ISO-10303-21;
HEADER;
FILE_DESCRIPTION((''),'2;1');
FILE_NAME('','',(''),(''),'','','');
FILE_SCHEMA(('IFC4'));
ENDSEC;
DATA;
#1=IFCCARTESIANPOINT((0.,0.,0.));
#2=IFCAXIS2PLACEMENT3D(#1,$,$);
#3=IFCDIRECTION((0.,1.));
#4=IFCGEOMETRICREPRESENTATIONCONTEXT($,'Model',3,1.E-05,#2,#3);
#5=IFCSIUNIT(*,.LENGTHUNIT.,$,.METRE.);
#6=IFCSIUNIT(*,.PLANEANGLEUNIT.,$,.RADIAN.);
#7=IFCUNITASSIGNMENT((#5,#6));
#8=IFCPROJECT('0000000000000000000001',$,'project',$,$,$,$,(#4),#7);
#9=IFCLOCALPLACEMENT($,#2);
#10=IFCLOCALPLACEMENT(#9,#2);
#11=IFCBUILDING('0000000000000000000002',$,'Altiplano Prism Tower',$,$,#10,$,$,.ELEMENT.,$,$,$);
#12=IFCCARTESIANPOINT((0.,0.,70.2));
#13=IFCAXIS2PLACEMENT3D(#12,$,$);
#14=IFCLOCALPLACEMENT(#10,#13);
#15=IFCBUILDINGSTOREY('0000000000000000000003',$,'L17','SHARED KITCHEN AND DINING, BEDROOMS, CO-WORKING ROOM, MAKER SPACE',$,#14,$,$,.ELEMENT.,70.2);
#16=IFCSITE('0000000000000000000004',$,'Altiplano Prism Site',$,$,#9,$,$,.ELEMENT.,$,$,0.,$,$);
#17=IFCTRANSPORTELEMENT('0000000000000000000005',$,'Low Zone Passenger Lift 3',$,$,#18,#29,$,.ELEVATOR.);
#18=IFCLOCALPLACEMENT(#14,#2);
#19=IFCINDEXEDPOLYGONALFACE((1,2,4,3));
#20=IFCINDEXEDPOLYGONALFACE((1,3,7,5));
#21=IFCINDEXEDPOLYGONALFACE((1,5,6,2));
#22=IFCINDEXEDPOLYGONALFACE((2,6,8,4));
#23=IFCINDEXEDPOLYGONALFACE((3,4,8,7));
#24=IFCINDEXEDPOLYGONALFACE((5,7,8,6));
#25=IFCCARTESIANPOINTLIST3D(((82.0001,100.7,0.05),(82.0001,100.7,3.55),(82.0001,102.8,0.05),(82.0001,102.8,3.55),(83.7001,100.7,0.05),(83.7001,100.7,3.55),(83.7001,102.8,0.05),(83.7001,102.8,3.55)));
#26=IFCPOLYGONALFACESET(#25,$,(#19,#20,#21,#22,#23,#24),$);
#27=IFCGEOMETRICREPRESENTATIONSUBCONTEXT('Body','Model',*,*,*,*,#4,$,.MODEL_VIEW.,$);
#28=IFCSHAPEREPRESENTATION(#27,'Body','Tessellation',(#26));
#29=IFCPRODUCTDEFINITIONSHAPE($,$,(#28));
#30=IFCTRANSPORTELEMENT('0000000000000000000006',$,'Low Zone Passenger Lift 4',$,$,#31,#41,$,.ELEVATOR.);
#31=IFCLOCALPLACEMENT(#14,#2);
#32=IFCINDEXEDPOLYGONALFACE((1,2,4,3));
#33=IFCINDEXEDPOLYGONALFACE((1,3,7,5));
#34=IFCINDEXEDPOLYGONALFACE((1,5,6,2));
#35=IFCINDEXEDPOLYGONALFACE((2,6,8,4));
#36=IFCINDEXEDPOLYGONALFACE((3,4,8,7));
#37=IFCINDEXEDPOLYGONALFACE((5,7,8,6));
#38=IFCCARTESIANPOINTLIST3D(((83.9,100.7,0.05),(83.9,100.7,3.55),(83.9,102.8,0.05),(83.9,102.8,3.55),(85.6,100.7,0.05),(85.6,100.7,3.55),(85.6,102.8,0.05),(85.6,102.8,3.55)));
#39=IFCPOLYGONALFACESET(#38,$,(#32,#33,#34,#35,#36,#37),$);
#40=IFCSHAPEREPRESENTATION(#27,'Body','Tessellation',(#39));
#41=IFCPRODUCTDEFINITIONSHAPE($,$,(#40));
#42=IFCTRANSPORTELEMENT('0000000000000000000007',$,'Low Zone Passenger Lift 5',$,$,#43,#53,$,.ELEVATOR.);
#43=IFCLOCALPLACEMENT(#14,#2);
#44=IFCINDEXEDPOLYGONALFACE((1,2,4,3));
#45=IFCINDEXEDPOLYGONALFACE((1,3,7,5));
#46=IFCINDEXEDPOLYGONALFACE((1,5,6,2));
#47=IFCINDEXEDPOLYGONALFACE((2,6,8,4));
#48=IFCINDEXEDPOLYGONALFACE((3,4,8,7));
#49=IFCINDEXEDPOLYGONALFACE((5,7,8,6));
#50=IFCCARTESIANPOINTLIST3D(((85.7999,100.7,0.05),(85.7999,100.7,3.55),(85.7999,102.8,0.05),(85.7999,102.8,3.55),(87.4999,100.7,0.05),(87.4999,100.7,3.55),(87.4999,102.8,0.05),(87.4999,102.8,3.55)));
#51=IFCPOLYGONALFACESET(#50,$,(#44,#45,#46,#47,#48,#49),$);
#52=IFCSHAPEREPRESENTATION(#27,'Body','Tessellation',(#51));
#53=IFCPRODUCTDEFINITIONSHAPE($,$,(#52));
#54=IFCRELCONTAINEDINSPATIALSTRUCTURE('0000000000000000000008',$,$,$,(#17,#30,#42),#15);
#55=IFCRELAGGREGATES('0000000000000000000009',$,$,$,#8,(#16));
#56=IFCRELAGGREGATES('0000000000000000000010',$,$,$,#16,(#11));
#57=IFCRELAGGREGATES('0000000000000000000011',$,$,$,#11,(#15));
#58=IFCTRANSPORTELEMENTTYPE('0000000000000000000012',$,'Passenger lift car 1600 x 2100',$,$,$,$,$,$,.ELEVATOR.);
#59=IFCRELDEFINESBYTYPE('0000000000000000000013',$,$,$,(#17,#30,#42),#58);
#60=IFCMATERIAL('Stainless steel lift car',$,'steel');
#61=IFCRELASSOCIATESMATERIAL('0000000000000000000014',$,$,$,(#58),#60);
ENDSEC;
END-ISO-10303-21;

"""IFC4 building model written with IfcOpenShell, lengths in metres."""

from ifc_helpers import new_model, si_unit, direction, frame, origin, origin_2d, place, context, subcontext, project, spatial, rectangle, extrude, material, type_object, element, save


model = new_model("IFC4")

# Units and contexts
model_context = context("Model", 3, precision=1e-05, world=origin(), true_north=direction((0.0, 1.0)))
body_context = subcontext(model_context, "Body", "Model", "MODEL_VIEW")
ifc_project = project(units=[si_unit("LENGTHUNIT", "METRE"), si_unit("PLANEANGLEUNIT", "RADIAN")], contexts=[model_context])

# Site, building, storey
site_placement = place(None, origin())
site = spatial("IfcSite", under=ifc_project, at=site_placement, Name="Altiplano Prism Site", CompositionType="ELEMENT", RefElevation=0.0)
building_placement = place(site_placement, origin())
building = spatial("IfcBuilding", under=site, at=building_placement, Name="Altiplano Prism Tower", CompositionType="ELEMENT")
storey_placement = place(building_placement, frame((0.0, 0.0, 70.2)))
storey = spatial("IfcBuildingStorey", under=building, at=storey_placement, Name="L17", Description="SHARED KITCHEN AND DINING, BEDROOMS, CO-WORKING ROOM, MAKER SPACE", CompositionType="ELEMENT", Elevation=70.2)

# Transport elements
ifc_material_1 = material(Name="Stainless steel lift car", Category="steel")
transport_element_type = type_object("IfcTransportElementType", Name="Passenger lift car 1600 x 2100", PredefinedType="ELEVATOR", material=ifc_material_1)
for number, where, z_axis, x_axis, name in (
    (1, (82.8501, 101.75, 0.05), (0.0, 0.0, 1.0), (1.0, 0.0, 0.0), "Low Zone Passenger Lift 3"),
    (2, (84.75, 101.75, 0.05), (0.0, 0.0, 1.0), (1.0, 0.0, 0.0), "Low Zone Passenger Lift 4"),
    (3, (86.6499, 101.75, 0.05), (0.0, 0.0, 1.0), (1.0, 0.0, 0.0), "Low Zone Passenger Lift 5"),
):
    element("IfcTransportElement", number, at=place(storey_placement, frame(where, z_axis=z_axis, x_axis=x_axis)), inside=storey, type_object=transport_element_type, Name=name, PredefinedType="ELEVATOR", context=body_context, shape_type="SweptSolid", body=[
        extrude(rectangle(XDim=1.7, YDim=2.1001, at=origin_2d()), origin(), (0.0, 0.0, 1.0), 3.5),
    ])

save(model, "model.ifc")
